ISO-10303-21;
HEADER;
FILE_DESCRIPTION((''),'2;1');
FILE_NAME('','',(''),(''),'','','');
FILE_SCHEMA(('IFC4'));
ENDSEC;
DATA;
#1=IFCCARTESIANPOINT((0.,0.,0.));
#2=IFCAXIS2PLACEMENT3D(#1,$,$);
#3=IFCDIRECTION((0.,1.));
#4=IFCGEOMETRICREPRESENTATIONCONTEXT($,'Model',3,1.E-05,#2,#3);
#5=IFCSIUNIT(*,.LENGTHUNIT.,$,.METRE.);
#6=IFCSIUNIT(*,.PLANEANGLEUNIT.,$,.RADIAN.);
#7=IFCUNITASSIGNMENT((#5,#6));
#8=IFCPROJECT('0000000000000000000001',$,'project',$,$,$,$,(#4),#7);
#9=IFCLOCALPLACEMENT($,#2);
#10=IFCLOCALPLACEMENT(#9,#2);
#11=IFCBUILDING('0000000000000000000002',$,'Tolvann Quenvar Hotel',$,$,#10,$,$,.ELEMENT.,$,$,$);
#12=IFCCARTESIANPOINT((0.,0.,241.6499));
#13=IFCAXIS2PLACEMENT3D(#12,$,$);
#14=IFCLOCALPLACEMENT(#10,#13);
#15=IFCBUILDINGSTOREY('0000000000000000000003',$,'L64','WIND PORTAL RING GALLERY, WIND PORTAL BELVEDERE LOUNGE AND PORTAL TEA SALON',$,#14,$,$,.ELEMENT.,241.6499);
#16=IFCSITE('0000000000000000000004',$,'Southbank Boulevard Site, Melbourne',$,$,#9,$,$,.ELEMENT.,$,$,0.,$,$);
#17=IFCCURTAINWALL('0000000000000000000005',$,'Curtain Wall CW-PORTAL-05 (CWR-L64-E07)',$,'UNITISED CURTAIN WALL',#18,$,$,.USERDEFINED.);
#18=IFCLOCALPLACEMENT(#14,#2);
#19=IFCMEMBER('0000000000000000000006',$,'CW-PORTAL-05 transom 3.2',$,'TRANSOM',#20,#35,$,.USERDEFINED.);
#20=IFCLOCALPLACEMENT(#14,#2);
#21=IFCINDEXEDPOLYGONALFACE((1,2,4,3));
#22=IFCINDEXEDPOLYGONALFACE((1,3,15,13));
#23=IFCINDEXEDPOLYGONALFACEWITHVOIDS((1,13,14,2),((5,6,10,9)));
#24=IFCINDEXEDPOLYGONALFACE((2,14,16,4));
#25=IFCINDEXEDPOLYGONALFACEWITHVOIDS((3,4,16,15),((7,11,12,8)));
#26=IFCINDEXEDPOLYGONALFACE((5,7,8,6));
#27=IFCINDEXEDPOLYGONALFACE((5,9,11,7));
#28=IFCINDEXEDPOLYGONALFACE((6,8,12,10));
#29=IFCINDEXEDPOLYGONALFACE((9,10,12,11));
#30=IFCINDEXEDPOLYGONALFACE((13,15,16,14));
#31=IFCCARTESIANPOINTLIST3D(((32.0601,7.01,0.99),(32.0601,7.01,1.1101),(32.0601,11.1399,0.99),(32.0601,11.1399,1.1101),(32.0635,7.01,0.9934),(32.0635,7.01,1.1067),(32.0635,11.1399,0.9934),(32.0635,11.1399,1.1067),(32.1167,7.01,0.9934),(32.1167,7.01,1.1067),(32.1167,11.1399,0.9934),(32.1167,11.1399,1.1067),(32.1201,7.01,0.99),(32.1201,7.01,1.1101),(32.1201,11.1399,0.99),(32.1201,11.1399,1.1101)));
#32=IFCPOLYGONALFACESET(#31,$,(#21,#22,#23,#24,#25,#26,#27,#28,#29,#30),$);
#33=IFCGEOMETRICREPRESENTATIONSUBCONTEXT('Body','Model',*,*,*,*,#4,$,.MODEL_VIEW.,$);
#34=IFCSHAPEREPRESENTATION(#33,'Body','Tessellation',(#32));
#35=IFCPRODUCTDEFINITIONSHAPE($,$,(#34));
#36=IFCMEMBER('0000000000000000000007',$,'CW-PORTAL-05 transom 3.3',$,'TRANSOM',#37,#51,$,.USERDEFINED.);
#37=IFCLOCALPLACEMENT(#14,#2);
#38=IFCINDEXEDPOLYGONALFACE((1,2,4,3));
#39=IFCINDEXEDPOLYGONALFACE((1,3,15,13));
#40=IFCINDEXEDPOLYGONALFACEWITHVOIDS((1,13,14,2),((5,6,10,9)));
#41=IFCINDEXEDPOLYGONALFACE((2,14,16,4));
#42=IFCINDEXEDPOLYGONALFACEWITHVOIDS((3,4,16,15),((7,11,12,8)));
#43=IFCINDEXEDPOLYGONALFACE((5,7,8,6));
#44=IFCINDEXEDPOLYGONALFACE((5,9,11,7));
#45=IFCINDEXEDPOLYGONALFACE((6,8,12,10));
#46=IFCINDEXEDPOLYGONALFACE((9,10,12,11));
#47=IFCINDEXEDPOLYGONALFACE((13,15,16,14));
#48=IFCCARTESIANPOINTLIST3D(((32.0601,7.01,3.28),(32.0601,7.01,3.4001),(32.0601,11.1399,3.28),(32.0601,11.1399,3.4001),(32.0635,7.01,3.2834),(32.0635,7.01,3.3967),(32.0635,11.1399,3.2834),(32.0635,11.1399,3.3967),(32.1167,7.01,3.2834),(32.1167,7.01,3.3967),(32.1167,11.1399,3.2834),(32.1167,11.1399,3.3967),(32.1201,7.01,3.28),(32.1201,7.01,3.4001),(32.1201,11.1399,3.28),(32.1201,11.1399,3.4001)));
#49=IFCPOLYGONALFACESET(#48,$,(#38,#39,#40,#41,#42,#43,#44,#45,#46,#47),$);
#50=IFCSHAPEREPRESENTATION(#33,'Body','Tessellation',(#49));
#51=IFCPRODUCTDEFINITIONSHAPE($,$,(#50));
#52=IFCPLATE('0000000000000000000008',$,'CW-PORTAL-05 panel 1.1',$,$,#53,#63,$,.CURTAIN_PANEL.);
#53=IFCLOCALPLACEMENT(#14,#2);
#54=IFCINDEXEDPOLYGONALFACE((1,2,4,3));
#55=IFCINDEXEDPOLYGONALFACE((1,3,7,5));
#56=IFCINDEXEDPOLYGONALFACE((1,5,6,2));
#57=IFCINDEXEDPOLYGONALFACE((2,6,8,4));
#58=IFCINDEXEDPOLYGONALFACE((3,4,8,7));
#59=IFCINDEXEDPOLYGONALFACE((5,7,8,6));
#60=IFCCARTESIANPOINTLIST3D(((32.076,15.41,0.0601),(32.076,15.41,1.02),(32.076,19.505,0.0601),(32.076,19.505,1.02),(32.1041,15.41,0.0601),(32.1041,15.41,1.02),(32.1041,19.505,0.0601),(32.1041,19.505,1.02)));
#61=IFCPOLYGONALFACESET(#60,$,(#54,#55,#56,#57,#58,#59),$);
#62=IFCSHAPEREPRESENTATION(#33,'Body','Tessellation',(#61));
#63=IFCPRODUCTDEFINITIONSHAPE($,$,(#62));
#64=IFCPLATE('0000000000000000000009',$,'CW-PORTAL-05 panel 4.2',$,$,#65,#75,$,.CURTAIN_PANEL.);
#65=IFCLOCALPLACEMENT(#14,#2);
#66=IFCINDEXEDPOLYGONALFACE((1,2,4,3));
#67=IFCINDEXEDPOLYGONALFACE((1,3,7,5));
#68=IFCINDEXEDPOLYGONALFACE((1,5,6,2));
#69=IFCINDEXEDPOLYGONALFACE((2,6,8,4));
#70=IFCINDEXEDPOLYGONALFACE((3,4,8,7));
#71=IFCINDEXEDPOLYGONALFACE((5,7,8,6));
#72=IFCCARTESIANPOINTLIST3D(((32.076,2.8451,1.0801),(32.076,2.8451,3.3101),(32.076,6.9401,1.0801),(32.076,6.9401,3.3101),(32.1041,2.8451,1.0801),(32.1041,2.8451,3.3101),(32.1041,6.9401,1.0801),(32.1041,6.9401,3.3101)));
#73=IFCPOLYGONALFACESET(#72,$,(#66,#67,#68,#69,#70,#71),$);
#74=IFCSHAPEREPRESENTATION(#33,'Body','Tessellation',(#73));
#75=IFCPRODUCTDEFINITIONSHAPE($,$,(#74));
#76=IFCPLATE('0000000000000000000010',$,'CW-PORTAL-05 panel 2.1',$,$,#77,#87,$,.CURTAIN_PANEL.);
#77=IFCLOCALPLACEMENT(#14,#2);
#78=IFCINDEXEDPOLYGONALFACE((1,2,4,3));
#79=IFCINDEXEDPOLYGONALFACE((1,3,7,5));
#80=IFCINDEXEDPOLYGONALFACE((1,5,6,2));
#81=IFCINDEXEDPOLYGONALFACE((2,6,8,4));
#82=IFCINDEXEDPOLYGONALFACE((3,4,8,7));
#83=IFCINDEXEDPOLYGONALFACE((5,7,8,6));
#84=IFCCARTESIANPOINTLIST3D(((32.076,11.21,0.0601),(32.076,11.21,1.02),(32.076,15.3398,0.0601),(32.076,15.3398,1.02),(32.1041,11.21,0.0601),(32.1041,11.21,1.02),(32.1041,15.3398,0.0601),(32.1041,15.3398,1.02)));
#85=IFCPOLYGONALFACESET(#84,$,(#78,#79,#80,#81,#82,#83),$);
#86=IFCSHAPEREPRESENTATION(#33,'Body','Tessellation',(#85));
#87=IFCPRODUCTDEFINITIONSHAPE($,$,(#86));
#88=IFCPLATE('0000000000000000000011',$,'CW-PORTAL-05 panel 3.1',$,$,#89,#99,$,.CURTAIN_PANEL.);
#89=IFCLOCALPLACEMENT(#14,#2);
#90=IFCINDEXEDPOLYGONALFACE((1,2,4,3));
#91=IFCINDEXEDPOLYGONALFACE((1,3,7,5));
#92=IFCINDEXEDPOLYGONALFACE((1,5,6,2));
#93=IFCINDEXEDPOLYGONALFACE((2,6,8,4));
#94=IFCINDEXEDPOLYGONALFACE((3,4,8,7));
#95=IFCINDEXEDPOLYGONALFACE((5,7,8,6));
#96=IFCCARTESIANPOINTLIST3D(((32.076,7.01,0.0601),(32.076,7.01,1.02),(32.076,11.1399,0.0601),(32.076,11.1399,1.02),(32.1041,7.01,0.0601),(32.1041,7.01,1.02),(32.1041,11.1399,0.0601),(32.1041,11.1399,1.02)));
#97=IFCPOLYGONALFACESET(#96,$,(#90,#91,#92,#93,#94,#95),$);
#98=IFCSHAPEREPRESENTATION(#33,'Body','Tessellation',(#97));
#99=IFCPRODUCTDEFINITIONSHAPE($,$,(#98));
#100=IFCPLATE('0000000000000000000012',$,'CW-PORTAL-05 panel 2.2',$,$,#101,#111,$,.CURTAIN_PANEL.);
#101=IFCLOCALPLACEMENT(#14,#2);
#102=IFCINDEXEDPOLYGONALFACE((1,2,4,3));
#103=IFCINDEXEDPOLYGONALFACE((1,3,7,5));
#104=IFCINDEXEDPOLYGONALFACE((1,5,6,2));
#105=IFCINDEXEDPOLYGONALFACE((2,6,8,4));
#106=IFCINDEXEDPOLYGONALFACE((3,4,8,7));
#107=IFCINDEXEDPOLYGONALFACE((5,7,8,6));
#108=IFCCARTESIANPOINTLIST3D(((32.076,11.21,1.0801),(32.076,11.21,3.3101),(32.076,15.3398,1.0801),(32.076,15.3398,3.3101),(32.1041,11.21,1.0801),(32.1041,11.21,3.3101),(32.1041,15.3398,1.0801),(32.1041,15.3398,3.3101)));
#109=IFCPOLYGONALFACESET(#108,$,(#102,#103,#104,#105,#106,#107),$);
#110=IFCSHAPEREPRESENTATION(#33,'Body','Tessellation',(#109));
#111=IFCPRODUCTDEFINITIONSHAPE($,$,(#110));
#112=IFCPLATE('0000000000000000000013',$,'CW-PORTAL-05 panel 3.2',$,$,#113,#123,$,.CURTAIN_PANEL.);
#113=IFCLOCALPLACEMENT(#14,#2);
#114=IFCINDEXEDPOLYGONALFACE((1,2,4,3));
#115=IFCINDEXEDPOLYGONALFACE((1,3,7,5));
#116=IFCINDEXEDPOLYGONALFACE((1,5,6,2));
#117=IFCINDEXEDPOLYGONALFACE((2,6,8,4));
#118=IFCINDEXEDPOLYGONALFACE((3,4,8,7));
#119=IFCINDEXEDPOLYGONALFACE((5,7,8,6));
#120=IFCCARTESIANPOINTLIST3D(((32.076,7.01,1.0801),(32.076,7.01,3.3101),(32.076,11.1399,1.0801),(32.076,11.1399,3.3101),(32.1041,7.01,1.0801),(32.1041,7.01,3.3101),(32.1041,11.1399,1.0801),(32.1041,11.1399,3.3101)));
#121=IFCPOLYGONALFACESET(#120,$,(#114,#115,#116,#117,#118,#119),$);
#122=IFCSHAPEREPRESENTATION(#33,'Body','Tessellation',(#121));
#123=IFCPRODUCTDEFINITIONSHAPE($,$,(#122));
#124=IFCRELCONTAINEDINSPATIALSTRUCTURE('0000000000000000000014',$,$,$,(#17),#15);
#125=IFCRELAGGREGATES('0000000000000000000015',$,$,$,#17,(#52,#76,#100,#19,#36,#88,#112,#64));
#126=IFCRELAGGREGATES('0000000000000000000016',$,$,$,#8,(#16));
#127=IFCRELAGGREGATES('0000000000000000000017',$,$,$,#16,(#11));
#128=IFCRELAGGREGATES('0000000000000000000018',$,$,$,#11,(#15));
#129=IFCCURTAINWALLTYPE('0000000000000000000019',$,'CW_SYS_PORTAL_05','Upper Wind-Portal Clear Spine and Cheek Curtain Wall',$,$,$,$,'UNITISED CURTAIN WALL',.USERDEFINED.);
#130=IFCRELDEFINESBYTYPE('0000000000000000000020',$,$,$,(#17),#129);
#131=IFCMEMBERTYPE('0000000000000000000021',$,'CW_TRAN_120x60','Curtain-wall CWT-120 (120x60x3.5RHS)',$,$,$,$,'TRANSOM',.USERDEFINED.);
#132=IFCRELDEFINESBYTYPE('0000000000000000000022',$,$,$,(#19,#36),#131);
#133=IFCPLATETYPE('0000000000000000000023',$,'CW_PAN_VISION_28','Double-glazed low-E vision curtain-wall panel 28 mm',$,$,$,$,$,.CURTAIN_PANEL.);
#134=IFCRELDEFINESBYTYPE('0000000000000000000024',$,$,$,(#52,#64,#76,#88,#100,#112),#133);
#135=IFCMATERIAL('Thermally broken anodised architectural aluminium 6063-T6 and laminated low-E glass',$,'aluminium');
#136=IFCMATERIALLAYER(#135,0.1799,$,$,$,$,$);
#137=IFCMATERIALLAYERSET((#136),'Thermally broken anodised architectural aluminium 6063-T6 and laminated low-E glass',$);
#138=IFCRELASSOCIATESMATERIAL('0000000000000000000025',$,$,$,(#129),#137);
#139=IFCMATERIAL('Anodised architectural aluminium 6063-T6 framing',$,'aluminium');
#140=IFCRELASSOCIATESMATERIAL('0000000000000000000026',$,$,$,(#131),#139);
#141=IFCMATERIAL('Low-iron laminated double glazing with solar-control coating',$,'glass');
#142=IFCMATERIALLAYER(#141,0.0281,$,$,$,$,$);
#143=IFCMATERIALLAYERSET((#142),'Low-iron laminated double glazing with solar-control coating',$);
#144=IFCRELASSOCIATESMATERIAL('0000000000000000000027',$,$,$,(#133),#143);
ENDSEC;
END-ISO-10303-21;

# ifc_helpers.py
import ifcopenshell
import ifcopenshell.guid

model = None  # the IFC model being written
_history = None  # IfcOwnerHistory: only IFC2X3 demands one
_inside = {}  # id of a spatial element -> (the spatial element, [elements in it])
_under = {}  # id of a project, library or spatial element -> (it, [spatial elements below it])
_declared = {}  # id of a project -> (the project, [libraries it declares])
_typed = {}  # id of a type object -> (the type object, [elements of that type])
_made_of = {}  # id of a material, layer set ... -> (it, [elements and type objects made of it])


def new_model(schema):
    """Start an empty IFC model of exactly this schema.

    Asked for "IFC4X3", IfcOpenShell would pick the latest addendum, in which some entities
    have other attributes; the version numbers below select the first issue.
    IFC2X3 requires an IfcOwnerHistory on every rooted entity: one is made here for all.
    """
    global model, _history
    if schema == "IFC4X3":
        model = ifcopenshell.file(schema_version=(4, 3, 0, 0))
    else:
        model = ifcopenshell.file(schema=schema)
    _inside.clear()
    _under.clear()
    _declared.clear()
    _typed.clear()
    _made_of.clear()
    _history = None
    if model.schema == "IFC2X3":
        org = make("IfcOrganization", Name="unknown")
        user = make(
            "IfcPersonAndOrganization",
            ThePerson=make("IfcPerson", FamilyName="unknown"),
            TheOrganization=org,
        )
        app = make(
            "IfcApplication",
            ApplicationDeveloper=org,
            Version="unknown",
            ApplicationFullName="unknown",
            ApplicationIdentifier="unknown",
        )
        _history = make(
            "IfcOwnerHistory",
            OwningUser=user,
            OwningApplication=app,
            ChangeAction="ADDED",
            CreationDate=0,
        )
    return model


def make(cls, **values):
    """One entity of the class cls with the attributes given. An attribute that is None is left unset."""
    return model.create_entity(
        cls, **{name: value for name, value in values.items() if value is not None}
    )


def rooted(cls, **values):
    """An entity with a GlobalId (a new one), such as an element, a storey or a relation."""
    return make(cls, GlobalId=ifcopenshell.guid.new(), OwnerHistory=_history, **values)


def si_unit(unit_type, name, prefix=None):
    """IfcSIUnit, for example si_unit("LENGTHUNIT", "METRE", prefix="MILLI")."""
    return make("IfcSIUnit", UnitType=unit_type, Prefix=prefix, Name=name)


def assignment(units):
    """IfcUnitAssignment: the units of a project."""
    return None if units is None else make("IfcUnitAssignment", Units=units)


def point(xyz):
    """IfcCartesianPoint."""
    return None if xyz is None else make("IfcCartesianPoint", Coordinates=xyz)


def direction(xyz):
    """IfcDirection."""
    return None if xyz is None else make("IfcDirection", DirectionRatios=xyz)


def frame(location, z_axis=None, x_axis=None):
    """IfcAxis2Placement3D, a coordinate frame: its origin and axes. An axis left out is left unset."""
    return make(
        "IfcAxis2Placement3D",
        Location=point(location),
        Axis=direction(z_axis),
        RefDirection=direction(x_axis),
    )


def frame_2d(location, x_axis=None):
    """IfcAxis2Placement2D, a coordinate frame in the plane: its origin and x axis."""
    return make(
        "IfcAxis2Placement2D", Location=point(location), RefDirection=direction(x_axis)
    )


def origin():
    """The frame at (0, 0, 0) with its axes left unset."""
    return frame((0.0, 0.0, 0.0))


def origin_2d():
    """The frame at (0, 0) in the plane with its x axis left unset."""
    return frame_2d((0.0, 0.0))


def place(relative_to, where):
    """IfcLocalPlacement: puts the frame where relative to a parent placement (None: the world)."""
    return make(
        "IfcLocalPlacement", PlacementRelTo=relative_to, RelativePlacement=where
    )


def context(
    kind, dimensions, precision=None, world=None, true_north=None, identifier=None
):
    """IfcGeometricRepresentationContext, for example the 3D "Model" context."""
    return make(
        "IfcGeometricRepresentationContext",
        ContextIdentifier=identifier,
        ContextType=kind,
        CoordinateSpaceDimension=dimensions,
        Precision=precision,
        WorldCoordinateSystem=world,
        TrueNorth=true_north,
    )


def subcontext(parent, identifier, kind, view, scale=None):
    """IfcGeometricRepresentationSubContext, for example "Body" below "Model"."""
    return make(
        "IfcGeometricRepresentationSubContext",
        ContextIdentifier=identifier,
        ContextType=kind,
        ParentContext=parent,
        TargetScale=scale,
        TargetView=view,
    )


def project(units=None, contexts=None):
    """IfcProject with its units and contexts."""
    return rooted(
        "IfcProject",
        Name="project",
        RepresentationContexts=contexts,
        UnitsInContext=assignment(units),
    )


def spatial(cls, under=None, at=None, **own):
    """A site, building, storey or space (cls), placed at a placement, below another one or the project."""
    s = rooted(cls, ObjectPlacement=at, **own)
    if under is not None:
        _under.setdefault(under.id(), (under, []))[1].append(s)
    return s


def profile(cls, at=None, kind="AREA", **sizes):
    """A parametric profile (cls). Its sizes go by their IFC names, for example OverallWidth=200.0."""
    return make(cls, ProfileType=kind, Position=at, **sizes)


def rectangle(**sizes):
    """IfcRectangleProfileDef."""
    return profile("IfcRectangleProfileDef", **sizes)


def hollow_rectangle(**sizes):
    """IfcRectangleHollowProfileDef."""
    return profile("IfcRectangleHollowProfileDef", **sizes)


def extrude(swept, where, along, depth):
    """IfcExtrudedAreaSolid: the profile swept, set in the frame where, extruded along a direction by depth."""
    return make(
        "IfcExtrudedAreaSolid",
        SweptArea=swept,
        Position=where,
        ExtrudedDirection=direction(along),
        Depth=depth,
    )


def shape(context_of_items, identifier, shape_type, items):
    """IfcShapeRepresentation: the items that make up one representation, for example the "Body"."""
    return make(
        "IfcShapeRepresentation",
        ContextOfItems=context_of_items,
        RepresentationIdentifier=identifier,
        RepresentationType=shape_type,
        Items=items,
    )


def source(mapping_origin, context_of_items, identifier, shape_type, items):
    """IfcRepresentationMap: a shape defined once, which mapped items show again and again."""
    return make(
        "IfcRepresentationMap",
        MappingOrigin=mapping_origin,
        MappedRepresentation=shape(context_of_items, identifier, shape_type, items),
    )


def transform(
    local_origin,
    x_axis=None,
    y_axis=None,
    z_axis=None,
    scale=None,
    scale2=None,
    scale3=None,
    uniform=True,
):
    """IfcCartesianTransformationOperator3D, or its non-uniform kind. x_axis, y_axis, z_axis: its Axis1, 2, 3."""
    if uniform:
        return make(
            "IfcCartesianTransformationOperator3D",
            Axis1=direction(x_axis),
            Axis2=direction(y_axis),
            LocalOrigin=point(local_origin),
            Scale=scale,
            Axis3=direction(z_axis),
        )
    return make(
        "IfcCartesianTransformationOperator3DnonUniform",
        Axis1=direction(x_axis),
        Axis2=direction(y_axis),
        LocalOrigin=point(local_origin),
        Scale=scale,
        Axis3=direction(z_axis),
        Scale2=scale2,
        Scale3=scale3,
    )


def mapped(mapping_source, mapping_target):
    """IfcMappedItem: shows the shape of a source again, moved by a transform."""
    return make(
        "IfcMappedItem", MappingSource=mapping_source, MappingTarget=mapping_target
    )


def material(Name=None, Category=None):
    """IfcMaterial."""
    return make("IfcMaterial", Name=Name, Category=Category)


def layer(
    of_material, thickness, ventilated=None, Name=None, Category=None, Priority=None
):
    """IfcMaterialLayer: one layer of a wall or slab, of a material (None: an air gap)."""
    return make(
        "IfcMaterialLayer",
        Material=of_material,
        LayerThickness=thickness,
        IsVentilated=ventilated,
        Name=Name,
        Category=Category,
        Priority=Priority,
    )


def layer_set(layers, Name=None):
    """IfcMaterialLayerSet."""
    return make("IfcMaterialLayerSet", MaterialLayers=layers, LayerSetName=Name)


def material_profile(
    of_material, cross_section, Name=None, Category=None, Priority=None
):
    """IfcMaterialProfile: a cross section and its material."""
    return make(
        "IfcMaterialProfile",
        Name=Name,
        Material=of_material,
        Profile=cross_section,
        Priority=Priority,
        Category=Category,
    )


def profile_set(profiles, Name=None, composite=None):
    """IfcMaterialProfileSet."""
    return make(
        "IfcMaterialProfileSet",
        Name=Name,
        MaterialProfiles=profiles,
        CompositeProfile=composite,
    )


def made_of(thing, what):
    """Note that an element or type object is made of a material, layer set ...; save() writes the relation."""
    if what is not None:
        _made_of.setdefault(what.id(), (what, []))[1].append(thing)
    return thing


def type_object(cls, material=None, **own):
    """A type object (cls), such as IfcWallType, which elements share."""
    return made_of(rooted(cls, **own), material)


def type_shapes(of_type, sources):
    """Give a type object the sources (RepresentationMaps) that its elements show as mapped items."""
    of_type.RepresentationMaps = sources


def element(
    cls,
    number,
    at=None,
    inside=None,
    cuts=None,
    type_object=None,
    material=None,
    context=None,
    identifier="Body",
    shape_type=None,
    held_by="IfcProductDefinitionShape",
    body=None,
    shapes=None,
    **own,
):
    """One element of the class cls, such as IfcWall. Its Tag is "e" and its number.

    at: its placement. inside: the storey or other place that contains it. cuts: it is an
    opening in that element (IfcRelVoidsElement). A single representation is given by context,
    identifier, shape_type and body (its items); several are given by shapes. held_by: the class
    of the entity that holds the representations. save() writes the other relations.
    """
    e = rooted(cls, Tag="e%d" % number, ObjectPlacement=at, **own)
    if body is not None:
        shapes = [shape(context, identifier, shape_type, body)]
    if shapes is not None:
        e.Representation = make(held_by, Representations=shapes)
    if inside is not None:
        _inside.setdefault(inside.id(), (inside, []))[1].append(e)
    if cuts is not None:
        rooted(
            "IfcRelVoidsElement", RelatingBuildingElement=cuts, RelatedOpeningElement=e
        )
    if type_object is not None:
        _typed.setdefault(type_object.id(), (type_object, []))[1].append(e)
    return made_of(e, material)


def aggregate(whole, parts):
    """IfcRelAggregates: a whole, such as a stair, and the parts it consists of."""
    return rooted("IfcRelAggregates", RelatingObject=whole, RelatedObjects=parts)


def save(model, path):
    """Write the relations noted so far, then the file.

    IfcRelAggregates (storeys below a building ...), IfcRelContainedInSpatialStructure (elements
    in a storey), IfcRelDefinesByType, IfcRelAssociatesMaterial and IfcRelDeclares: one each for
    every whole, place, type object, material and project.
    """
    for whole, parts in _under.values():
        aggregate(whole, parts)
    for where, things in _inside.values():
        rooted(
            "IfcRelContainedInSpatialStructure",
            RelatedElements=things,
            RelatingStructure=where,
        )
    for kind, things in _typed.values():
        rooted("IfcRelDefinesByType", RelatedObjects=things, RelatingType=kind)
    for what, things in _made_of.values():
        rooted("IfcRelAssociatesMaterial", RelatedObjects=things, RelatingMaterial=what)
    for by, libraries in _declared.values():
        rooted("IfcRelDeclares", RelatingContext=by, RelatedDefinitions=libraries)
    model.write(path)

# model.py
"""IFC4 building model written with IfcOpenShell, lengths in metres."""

from ifc_helpers import new_model, si_unit, direction, frame, origin, origin_2d, place, context, subcontext, project, spatial, rectangle, hollow_rectangle, extrude, source, transform, mapped, material, layer, layer_set, material_profile, profile_set, type_object, type_shapes, element, aggregate, save


model = new_model("IFC4")

# Units and contexts
model_context = context("Model", 3, precision=1e-05, world=origin(), true_north=direction((0.0, 1.0)))
body_context = subcontext(model_context, "Body", "Model", "MODEL_VIEW")
ifc_project = project(units=[si_unit("LENGTHUNIT", "METRE"), si_unit("PLANEANGLEUNIT", "RADIAN")], contexts=[model_context])

# Site, building, storey
site_placement = place(None, origin())
site = spatial("IfcSite", under=ifc_project, at=site_placement, Name="Southbank Boulevard Site, Melbourne", CompositionType="ELEMENT", RefElevation=0.0)
building_placement = place(site_placement, origin())
building = spatial("IfcBuilding", under=site, at=building_placement, Name="Tolvann Quenvar Hotel", CompositionType="ELEMENT")
storey_placement = place(building_placement, frame((0.0, 0.0, 241.6499)))
storey = spatial("IfcBuildingStorey", under=building, at=storey_placement, Name="L64", Description="WIND PORTAL RING GALLERY, WIND PORTAL BELVEDERE LOUNGE AND PORTAL TEA SALON", CompositionType="ELEMENT", Elevation=241.6499)

# Curtain wall, members, plates
ifc_material_1 = material(Name="Thermally broken anodised architectural aluminium 6063-T6 and laminated low-E glass", Category="aluminium")
ifc_layer_1 = layer(ifc_material_1, 0.1799)
ifc_layer_set_1 = layer_set([ifc_layer_1], Name="Thermally broken anodised architectural aluminium 6063-T6 and laminated low-E glass")
curtain_wall_type = type_object("IfcCurtainWallType", Name="CW_SYS_PORTAL_05", Description="Upper Wind-Portal Clear Spine and Cheek Curtain Wall", ElementType="UNITISED CURTAIN WALL", PredefinedType="USERDEFINED", material=ifc_layer_set_1)
curtain_wall_placement = place(storey_placement, origin())
curtain_wall = element("IfcCurtainWall", 1, at=curtain_wall_placement, inside=storey, type_object=curtain_wall_type, Name="Curtain Wall CW-PORTAL-05 (CWR-L64-E07)", ObjectType="UNITISED CURTAIN WALL", PredefinedType="USERDEFINED")
ifc_material_2 = material(Name="Anodised architectural aluminium 6063-T6 framing", Category="aluminium")
ifc_material_profile_1 = material_profile(ifc_material_2, hollow_rectangle(XDim=0.0601, YDim=0.1201, WallThickness=0.0034, at=origin_2d()), Name="120x60x3.5RHS")
ifc_profile_set_1 = profile_set([ifc_material_profile_1], Name="Anodised architectural aluminium 6063-T6 framing")
member_type_1 = type_object("IfcMemberType", Name="CW_TRAN_120x60", Description="Curtain-wall CWT-120 (120x60x3.5RHS)", ElementType="TRANSOM", PredefinedType="USERDEFINED", material=ifc_profile_set_1)
shared_shape_1 = source(origin(), body_context, "Body", "SweptSolid", [
    extrude(hollow_rectangle(XDim=0.0601, YDim=0.1201, WallThickness=0.0034, at=origin_2d()), origin(), (0.0, 0.0, 1.0), 4.1299),
])
member_1_placement = place(storey_placement, frame((32.0901, 11.1399, 1.05), z_axis=(0.0, -1.0, 0.0), x_axis=(1.0, 0.0, 0.0)))
member_1 = element("IfcMember", 2, at=member_1_placement, type_object=member_type_1, Name="CW-PORTAL-05 transom 3.2", ObjectType="TRANSOM", PredefinedType="USERDEFINED", context=body_context, shape_type="MappedRepresentation", body=[
    mapped(shared_shape_1, transform((0.0, 0.0, 0.0), x_axis=(1.0, 0.0, 0.0), y_axis=(0.0, 1.0, 0.0), z_axis=(0.0, 0.0, 1.0), scale=1.0)),
])
member_2_placement = place(storey_placement, frame((32.0901, 11.1399, 3.3401), z_axis=(0.0, -1.0, 0.0), x_axis=(1.0, 0.0, 0.0)))
member_2 = element("IfcMember", 3, at=member_2_placement, type_object=member_type_1, Name="CW-PORTAL-05 transom 3.3", ObjectType="TRANSOM", PredefinedType="USERDEFINED", context=body_context, shape_type="MappedRepresentation", body=[
    mapped(shared_shape_1, transform((0.0, 0.0, 0.0), x_axis=(1.0, 0.0, 0.0), y_axis=(0.0, 1.0, 0.0), z_axis=(0.0, 0.0, 1.0), scale=1.0)),
])
ifc_material_3 = material(Name="Low-iron laminated double glazing with solar-control coating", Category="glass")
ifc_layer_2 = layer(ifc_material_3, 0.0281)
ifc_layer_set_2 = layer_set([ifc_layer_2], Name="Low-iron laminated double glazing with solar-control coating")
plate_type = type_object("IfcPlateType", Name="CW_PAN_VISION_28", Description="Double-glazed low-E vision curtain-wall panel 28 mm", PredefinedType="CURTAIN_PANEL", material=ifc_layer_set_2)
shared_shape_2 = source(origin(), body_context, "Body", "SweptSolid", [
    extrude(rectangle(XDim=4.095, YDim=0.0281, at=origin_2d()), origin(), (0.0, 0.0, 1.0), 0.96),
])
plate_1_placement = place(storey_placement, frame((32.0901, 17.4575, 0.0601), z_axis=(0.0, 0.0, 1.0), x_axis=(0.0, -1.0, 0.0)))
plate_1 = element("IfcPlate", 4, at=plate_1_placement, type_object=plate_type, Name="CW-PORTAL-05 panel 1.1", PredefinedType="CURTAIN_PANEL", context=body_context, shape_type="MappedRepresentation", body=[
    mapped(shared_shape_2, transform((0.0, 0.0, 0.0), x_axis=(1.0, 0.0, 0.0), y_axis=(0.0, 1.0, 0.0), z_axis=(0.0, 0.0, 1.0), scale=1.0)),
])
shared_shape_3 = source(origin(), body_context, "Body", "SweptSolid", [
    extrude(rectangle(XDim=4.095, YDim=0.0281, at=origin_2d()), origin(), (0.0, 0.0, 1.0), 2.23),
])
plate_2_placement = place(storey_placement, frame((32.0901, 4.8926, 1.0801), z_axis=(0.0, 0.0, 1.0), x_axis=(0.0, -1.0, 0.0)))
plate_2 = element("IfcPlate", 5, at=plate_2_placement, type_object=plate_type, Name="CW-PORTAL-05 panel 4.2", PredefinedType="CURTAIN_PANEL", context=body_context, shape_type="MappedRepresentation", body=[
    mapped(shared_shape_3, transform((0.0, 0.0, 0.0), x_axis=(1.0, 0.0, 0.0), y_axis=(0.0, 1.0, 0.0), z_axis=(0.0, 0.0, 1.0), scale=1.0)),
])
shared_shape_4 = source(origin(), body_context, "Body", "SweptSolid", [
    extrude(rectangle(XDim=4.1299, YDim=0.0281, at=origin_2d()), origin(), (0.0, 0.0, 1.0), 0.96),
])
plate_3_placement = place(storey_placement, frame((32.0901, 13.2749, 0.0601), z_axis=(0.0, 0.0, 1.0), x_axis=(0.0, -1.0, 0.0)))
plate_3 = element("IfcPlate", 6, at=plate_3_placement, type_object=plate_type, Name="CW-PORTAL-05 panel 2.1", PredefinedType="CURTAIN_PANEL", context=body_context, shape_type="MappedRepresentation", body=[
    mapped(shared_shape_4, transform((0.0, 0.0, 0.0), x_axis=(1.0, 0.0, 0.0), y_axis=(0.0, 1.0, 0.0), z_axis=(0.0, 0.0, 1.0), scale=1.0)),
])
plate_4_placement = place(storey_placement, frame((32.0901, 9.075, 0.0601), z_axis=(0.0, 0.0, 1.0), x_axis=(0.0, -1.0, 0.0)))
plate_4 = element("IfcPlate", 7, at=plate_4_placement, type_object=plate_type, Name="CW-PORTAL-05 panel 3.1", PredefinedType="CURTAIN_PANEL", context=body_context, shape_type="MappedRepresentation", body=[
    mapped(shared_shape_4, transform((0.0, 0.0, 0.0), x_axis=(1.0, 0.0, 0.0), y_axis=(0.0, 1.0, 0.0), z_axis=(0.0, 0.0, 1.0), scale=1.0)),
])
shared_shape_5 = source(origin(), body_context, "Body", "SweptSolid", [
    extrude(rectangle(XDim=4.1299, YDim=0.0281, at=origin_2d()), origin(), (0.0, 0.0, 1.0), 2.23),
])
type_shapes(plate_type, [shared_shape_2, shared_shape_3, shared_shape_4, shared_shape_5])
plate_5_placement = place(storey_placement, frame((32.0901, 13.2749, 1.0801), z_axis=(0.0, 0.0, 1.0), x_axis=(0.0, -1.0, 0.0)))
plate_5 = element("IfcPlate", 8, at=plate_5_placement, type_object=plate_type, Name="CW-PORTAL-05 panel 2.2", PredefinedType="CURTAIN_PANEL", context=body_context, shape_type="MappedRepresentation", body=[
    mapped(shared_shape_5, transform((0.0, 0.0, 0.0), x_axis=(1.0, 0.0, 0.0), y_axis=(0.0, 1.0, 0.0), z_axis=(0.0, 0.0, 1.0), scale=1.0)),
])
plate_6_placement = place(storey_placement, frame((32.0901, 9.075, 1.0801), z_axis=(0.0, 0.0, 1.0), x_axis=(0.0, -1.0, 0.0)))
plate_6 = element("IfcPlate", 9, at=plate_6_placement, type_object=plate_type, Name="CW-PORTAL-05 panel 3.2", PredefinedType="CURTAIN_PANEL", context=body_context, shape_type="MappedRepresentation", body=[
    mapped(shared_shape_5, transform((0.0, 0.0, 0.0), x_axis=(1.0, 0.0, 0.0), y_axis=(0.0, 1.0, 0.0), z_axis=(0.0, 0.0, 1.0), scale=1.0)),
])
aggregate(curtain_wall, [plate_1, plate_3, plate_5, member_1, member_2, plate_4, plate_6, plate_2])

save(model, "model.ifc")
